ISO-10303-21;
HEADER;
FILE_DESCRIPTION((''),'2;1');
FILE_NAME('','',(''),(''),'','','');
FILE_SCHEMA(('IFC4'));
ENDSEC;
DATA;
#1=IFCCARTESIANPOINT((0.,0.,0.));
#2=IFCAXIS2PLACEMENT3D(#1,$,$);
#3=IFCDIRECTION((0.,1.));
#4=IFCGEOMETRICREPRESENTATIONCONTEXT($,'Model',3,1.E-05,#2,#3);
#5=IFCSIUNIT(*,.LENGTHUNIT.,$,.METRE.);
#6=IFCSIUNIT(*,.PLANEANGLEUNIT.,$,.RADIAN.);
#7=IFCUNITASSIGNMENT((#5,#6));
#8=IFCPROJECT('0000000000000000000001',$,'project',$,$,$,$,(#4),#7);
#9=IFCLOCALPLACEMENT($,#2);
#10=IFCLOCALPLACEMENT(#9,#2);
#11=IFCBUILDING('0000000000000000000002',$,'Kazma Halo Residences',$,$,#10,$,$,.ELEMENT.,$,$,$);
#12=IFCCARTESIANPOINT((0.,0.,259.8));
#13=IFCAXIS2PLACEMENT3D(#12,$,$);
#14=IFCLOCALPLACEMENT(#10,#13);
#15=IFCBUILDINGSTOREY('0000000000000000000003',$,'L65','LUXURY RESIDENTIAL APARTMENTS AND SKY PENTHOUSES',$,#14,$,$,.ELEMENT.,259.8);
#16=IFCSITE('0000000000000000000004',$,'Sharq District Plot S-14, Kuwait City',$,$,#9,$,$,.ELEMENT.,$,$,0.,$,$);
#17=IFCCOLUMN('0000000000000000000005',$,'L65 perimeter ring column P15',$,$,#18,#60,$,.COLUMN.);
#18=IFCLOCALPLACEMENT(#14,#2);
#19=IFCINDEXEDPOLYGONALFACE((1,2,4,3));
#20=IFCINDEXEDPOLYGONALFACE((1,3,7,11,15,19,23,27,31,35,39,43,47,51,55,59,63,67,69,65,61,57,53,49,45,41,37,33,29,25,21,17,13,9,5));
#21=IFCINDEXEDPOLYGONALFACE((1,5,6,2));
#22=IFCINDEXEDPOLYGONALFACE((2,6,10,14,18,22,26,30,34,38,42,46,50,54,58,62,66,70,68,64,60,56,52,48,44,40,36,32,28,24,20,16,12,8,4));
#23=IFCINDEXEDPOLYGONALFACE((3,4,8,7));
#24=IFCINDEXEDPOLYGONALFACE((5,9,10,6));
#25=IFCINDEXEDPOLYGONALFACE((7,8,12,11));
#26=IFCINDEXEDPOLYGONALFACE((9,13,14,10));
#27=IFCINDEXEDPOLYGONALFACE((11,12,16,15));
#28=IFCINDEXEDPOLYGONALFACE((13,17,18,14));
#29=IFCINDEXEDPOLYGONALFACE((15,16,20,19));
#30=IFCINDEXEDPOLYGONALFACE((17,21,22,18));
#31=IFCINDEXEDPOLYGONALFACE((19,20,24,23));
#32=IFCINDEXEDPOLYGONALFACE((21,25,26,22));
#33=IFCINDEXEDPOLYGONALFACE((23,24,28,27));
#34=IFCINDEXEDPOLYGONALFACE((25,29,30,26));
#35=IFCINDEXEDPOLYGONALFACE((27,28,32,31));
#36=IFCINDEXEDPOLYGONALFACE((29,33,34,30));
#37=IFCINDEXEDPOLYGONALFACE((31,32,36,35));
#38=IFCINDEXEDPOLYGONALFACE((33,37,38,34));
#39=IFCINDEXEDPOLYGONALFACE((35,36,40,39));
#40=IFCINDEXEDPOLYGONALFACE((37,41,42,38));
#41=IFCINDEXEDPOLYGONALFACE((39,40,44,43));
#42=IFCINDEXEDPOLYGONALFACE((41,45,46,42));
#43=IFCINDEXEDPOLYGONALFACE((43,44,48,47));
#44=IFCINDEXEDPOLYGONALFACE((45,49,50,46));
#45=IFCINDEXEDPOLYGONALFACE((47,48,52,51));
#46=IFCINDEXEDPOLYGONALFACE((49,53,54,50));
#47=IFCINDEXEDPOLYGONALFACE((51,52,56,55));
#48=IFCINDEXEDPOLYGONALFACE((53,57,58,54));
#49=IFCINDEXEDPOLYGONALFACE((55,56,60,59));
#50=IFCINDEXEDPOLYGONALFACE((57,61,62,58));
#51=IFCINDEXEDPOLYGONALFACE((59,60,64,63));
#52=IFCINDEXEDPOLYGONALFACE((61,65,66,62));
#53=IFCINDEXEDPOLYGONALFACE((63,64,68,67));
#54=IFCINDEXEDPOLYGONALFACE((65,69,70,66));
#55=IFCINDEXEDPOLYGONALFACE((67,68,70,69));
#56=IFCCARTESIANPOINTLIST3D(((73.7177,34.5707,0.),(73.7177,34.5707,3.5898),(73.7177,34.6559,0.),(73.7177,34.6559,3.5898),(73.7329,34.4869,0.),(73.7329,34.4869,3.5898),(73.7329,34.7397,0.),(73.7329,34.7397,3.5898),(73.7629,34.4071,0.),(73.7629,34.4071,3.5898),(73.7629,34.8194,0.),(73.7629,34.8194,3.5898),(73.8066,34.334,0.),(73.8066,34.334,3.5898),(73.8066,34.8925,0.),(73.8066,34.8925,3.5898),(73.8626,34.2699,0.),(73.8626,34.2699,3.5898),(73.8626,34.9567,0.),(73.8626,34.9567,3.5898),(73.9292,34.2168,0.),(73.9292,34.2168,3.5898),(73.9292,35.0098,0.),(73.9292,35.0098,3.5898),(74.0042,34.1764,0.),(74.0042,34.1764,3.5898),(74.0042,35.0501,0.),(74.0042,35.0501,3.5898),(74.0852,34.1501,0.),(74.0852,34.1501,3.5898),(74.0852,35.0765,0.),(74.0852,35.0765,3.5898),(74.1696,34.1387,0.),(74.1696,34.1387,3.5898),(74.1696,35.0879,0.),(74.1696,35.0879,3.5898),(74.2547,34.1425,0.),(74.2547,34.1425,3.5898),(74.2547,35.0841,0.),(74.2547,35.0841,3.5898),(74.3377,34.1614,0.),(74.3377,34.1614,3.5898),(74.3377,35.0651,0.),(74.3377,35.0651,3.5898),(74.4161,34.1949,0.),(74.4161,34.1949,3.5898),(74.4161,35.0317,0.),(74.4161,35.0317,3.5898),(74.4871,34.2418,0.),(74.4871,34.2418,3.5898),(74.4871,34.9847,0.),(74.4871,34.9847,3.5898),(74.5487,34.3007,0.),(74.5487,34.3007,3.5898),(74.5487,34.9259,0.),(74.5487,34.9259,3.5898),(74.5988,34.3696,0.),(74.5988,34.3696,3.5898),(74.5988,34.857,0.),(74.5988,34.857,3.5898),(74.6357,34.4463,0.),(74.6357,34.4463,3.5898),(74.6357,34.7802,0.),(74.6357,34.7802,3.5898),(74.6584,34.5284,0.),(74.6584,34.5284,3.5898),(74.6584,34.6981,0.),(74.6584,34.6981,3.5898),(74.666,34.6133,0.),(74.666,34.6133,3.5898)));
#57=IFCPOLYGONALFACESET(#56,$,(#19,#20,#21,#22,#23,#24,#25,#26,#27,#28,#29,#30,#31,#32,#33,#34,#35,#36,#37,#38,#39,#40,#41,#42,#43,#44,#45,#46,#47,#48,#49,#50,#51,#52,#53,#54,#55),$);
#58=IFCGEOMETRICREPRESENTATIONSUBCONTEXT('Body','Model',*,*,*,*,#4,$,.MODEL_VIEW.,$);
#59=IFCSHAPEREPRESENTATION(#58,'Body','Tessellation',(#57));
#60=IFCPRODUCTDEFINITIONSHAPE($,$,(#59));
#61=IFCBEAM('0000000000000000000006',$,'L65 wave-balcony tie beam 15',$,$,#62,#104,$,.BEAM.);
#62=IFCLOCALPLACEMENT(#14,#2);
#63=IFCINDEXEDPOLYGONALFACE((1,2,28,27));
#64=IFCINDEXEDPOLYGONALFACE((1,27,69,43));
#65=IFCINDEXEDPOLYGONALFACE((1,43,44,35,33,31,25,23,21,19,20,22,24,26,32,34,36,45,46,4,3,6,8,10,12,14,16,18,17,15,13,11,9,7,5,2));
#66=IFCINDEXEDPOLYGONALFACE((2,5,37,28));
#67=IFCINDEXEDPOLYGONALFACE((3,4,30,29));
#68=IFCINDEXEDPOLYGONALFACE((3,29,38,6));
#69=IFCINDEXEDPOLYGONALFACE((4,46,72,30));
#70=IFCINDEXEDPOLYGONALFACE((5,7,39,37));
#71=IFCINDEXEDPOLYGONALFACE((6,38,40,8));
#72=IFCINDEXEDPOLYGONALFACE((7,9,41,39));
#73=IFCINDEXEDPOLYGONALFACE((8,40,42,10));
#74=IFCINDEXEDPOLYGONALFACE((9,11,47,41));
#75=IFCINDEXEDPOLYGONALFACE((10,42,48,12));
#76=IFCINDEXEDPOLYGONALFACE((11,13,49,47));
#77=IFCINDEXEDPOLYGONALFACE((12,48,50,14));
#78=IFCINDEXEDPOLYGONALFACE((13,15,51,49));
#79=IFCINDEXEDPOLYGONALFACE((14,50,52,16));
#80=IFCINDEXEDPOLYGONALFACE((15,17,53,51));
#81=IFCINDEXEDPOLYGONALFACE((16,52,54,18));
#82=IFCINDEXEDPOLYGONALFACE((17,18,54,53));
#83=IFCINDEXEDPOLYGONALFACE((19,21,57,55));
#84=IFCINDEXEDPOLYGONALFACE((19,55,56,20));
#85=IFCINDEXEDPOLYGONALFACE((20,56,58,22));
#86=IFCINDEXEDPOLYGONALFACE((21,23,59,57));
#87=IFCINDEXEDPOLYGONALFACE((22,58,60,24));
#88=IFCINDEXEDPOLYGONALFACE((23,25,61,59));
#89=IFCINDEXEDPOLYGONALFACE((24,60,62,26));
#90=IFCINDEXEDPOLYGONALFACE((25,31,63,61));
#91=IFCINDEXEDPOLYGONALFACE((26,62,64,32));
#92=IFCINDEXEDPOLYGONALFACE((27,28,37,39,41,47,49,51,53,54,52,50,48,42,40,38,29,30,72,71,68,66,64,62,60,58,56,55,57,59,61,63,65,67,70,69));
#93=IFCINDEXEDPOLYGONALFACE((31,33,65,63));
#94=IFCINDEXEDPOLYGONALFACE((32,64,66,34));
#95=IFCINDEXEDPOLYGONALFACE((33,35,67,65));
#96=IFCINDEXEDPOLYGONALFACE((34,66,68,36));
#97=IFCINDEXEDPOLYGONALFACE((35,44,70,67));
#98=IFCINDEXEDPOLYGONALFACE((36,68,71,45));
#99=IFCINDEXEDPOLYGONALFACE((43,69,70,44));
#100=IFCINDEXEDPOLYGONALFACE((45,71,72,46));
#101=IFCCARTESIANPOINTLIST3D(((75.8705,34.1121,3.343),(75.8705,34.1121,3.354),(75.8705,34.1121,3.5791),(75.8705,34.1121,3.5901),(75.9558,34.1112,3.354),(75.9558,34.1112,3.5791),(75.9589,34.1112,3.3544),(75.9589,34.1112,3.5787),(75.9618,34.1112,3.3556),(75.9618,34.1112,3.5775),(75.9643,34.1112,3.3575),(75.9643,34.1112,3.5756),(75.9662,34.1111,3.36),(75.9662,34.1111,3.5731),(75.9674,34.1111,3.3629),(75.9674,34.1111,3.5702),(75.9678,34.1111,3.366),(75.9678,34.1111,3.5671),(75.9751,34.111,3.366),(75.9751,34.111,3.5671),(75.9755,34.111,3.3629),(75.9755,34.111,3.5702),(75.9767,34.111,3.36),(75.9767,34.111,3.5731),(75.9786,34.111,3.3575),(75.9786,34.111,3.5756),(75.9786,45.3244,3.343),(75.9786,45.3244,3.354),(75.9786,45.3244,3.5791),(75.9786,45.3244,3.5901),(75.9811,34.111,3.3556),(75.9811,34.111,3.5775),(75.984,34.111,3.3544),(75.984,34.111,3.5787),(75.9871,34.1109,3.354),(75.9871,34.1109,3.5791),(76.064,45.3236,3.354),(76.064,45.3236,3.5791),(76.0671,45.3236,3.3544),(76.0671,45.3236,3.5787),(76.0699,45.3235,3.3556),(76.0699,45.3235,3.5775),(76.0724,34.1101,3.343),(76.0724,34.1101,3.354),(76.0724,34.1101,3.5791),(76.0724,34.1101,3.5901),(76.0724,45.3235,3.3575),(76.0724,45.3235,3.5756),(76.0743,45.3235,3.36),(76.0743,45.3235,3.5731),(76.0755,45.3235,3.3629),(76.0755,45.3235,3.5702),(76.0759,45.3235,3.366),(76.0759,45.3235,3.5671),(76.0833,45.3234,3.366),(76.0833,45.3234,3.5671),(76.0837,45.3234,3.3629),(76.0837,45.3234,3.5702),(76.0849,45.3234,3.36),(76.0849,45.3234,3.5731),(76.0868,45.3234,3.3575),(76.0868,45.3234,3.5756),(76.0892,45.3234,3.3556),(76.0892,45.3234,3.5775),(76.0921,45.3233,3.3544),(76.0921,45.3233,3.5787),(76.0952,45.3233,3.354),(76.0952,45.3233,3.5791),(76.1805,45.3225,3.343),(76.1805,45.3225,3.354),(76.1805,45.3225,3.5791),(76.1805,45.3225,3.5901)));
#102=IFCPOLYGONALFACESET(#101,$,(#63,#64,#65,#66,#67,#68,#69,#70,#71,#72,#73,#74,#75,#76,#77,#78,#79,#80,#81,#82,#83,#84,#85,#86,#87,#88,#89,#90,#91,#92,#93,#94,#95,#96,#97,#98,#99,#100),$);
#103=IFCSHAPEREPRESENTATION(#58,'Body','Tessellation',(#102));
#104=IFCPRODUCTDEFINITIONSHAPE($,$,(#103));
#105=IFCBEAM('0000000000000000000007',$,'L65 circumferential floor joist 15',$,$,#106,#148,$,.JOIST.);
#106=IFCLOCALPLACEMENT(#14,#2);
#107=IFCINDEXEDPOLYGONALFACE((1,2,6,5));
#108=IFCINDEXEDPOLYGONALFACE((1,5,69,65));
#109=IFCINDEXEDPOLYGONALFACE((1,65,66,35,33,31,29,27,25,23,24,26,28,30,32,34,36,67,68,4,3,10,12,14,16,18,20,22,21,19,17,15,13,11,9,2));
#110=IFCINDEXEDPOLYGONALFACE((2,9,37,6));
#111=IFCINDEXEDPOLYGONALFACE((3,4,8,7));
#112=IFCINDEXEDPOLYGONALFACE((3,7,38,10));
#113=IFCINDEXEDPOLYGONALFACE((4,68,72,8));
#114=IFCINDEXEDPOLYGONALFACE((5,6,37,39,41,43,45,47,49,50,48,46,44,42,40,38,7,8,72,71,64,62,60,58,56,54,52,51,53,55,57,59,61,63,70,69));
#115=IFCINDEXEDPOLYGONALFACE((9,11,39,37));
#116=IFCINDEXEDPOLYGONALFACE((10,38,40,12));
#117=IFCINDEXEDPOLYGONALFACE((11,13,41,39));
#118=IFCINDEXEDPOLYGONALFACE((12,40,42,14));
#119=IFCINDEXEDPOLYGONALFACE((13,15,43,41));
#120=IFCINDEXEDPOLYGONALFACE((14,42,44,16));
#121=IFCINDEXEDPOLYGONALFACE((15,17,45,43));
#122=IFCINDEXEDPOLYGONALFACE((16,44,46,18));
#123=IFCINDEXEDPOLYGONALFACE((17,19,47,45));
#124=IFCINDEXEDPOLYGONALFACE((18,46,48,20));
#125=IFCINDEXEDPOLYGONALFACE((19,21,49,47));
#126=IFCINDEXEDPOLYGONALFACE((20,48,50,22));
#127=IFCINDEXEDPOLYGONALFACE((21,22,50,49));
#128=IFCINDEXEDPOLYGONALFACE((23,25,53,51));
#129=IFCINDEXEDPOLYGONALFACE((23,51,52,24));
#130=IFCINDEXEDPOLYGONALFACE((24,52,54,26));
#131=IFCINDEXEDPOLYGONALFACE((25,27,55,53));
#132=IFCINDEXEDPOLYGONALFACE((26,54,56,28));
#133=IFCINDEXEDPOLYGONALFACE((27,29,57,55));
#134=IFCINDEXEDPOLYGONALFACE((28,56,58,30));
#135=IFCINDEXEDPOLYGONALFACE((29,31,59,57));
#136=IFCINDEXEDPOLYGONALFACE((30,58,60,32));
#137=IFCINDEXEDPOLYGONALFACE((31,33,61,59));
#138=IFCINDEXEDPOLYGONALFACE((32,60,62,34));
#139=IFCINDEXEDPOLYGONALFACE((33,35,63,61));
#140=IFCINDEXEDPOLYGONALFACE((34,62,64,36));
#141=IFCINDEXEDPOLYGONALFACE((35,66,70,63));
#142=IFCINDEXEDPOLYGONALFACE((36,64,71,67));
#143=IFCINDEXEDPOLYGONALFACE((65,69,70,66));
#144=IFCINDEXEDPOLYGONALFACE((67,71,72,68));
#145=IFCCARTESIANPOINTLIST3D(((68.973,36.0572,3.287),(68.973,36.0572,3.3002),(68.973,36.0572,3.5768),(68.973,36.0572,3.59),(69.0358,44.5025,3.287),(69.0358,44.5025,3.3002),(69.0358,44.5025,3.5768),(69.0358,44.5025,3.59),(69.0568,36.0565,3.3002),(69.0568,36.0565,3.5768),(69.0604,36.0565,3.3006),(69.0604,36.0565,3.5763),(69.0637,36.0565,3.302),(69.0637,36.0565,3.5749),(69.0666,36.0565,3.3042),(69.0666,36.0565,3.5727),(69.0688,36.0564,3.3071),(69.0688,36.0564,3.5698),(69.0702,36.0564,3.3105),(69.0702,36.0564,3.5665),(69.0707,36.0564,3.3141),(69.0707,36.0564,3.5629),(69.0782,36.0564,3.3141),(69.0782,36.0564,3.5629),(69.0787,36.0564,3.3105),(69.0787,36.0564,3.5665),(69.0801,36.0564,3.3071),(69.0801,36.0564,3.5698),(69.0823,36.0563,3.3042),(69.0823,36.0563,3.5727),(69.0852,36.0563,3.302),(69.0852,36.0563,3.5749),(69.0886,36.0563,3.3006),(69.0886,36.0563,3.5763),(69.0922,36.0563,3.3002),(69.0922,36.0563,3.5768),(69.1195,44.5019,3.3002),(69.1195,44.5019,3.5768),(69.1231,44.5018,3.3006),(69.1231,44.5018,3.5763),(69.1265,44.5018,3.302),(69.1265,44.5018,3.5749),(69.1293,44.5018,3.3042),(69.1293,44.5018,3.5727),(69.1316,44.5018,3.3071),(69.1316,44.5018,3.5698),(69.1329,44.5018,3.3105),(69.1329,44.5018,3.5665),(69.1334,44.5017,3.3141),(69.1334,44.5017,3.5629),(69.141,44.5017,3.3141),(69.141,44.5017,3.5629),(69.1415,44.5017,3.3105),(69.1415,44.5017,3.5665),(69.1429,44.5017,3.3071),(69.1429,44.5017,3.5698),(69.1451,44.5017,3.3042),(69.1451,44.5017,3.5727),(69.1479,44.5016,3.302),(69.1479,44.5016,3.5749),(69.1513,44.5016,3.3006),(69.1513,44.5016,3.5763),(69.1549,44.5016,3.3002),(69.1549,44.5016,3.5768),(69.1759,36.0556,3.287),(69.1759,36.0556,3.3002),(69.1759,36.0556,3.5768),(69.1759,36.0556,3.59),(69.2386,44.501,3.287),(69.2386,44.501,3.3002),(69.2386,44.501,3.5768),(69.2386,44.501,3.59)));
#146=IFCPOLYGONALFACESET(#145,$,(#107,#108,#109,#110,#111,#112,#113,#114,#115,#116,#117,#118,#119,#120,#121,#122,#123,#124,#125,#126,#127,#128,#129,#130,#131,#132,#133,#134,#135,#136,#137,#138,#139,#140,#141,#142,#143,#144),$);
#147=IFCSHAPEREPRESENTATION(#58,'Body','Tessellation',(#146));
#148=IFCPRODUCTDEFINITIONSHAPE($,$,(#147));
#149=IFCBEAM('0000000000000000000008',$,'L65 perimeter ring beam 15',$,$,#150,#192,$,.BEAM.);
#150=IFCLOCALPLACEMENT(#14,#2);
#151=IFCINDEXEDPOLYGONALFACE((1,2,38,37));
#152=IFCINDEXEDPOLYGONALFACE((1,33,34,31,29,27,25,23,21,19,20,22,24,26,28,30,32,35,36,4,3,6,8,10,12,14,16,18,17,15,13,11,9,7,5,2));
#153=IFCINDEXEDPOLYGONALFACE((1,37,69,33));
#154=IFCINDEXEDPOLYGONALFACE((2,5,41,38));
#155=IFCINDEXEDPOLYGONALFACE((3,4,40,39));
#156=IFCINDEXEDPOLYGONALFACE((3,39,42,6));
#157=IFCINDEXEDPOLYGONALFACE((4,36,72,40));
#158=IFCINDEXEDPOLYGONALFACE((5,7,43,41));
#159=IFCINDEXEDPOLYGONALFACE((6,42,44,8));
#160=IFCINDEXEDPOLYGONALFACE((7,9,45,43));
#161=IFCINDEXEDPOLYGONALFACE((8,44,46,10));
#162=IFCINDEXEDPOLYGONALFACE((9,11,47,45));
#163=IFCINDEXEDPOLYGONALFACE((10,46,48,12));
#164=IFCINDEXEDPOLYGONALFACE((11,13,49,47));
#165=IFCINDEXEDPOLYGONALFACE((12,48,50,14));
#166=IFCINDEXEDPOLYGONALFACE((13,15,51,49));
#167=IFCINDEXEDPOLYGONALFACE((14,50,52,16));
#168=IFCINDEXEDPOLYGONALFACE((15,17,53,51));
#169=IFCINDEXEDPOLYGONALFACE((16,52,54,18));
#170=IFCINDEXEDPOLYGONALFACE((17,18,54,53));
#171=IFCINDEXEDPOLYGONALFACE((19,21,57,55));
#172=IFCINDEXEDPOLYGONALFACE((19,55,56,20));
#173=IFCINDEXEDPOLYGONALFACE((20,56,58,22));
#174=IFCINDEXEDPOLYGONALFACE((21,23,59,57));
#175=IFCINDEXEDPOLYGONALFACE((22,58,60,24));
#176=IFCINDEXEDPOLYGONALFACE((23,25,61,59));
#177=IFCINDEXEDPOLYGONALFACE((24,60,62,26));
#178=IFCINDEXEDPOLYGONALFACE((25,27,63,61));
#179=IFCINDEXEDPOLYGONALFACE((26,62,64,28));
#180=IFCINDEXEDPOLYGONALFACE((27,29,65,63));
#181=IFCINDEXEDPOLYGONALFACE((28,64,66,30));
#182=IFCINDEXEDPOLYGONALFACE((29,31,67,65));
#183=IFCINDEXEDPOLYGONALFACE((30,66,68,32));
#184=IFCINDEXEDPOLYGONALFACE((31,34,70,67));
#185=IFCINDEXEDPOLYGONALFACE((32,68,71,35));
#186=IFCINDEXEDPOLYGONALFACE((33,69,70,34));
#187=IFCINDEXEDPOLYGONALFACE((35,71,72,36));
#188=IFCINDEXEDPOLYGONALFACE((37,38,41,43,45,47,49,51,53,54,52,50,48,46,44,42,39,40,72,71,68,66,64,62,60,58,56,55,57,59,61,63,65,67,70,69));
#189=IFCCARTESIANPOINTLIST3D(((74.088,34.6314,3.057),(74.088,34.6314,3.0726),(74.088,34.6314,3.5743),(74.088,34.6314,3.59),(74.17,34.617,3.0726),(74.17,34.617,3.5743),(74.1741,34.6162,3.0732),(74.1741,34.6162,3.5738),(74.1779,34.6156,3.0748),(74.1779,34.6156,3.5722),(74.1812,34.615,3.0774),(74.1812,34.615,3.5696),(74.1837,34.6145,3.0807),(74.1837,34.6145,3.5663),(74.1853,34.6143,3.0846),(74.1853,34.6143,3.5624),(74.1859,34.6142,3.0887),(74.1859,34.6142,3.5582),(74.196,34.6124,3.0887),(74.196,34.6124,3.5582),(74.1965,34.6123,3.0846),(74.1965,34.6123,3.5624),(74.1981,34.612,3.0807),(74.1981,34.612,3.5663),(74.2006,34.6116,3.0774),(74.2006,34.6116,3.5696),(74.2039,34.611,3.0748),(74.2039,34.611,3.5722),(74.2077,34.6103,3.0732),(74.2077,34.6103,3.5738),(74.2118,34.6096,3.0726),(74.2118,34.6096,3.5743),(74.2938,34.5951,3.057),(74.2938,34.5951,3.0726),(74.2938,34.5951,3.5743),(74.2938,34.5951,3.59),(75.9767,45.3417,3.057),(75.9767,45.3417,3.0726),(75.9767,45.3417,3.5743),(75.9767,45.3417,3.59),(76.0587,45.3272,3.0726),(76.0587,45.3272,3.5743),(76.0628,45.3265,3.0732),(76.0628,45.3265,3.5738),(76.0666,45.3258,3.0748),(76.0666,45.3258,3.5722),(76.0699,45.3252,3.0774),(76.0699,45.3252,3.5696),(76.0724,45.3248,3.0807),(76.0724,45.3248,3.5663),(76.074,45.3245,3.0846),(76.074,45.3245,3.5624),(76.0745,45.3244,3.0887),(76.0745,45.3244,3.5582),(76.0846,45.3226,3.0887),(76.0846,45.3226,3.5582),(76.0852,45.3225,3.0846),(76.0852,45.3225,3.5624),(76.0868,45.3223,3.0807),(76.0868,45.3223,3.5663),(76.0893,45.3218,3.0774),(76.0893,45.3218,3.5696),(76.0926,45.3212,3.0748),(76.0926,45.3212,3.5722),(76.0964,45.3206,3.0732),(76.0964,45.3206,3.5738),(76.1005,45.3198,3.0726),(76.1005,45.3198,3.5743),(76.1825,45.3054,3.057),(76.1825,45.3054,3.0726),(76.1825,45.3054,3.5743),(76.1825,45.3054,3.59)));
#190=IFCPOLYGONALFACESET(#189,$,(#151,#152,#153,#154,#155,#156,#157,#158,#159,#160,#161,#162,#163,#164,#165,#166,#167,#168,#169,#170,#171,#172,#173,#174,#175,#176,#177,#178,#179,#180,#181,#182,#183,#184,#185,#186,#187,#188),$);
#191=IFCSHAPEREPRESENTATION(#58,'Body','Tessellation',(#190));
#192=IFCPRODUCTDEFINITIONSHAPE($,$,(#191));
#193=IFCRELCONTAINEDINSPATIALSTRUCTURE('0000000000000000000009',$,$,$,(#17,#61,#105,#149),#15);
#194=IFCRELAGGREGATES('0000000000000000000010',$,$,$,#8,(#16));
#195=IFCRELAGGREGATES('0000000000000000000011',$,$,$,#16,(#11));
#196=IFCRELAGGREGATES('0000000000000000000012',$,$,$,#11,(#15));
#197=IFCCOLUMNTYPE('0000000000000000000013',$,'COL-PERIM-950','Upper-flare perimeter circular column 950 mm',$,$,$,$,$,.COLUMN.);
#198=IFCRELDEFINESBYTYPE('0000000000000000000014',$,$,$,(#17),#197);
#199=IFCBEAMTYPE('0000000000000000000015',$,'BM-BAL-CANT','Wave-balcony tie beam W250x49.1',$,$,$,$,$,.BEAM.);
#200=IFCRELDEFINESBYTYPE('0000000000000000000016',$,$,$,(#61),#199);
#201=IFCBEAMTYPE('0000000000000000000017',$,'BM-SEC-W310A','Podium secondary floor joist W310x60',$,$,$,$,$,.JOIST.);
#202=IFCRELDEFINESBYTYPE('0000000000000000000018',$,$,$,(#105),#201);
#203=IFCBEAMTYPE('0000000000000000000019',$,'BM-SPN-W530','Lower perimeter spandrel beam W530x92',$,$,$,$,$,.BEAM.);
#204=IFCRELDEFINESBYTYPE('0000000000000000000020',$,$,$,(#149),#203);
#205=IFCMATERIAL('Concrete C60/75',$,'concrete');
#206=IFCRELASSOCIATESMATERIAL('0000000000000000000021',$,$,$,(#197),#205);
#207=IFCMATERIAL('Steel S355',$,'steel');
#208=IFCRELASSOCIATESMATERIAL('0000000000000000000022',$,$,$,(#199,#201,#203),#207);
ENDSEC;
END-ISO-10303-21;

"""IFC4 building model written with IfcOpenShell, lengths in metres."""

from ifc_helpers import new_model, si_unit, direction, frame, origin, origin_2d, place, context, subcontext, project, spatial, circle, i_section, extrude, material, material_profile, profile_set, type_object, element, save


model = new_model("IFC4")

# Units and contexts
model_context = context("Model", 3, precision=1e-05, world=origin(), true_north=direction((0.0, 1.0)))
body_context = subcontext(model_context, "Body", "Model", "MODEL_VIEW")
ifc_project = project(units=[si_unit("LENGTHUNIT", "METRE"), si_unit("PLANEANGLEUNIT", "RADIAN")], contexts=[model_context])

# Site, building, storey
site_placement = place(None, origin())
site = spatial("IfcSite", under=ifc_project, at=site_placement, Name="Sharq District Plot S-14, Kuwait City", CompositionType="ELEMENT", RefElevation=0.0)
building_placement = place(site_placement, origin())
building = spatial("IfcBuilding", under=site, at=building_placement, Name="Kazma Halo Residences", CompositionType="ELEMENT")
storey_placement = place(building_placement, frame((0.0, 0.0, 259.8)))
storey = spatial("IfcBuildingStorey", under=building, at=storey_placement, Name="L65", Description="LUXURY RESIDENTIAL APARTMENTS AND SKY PENTHOUSES", CompositionType="ELEMENT", Elevation=259.8)

# Column
ifc_material_1 = material(Name="Concrete C60/75", Category="concrete")
ifc_material_profile_1 = material_profile(ifc_material_1, circle(Radius=0.4751, at=origin_2d()), Name="CIRC950")
ifc_profile_set_1 = profile_set([ifc_material_profile_1], Name="Concrete C60/75")
column_type = type_object("IfcColumnType", Name="COL-PERIM-950", Description="Upper-flare perimeter circular column 950 mm", PredefinedType="COLUMN", material=ifc_profile_set_1)
column_placement = place(storey_placement, frame((74.1909, 34.6133, 0.0), z_axis=(0.0, 0.0, 1.0), x_axis=(1.0, 0.0, 0.0)))
element("IfcColumn", 1, at=column_placement, inside=storey, type_object=column_type, Name="L65 perimeter ring column P15", PredefinedType="COLUMN", context=body_context, shape_type="SweptSolid", body=[
    extrude(circle(Radius=0.4751, at=origin_2d()), origin(), (0.0, 0.0, 1.0), 3.5898),
])

# Beams
ifc_material_2 = material(Name="Steel S355", Category="steel")
ifc_material_profile_2 = material_profile(ifc_material_2, i_section(OverallWidth=0.2019, OverallDepth=0.2471, WebThickness=0.0073, FlangeThickness=0.011, FilletRadius=0.012, at=origin_2d()), Name="W250x49.1")
ifc_profile_set_2 = profile_set([ifc_material_profile_2], Name="Steel S355")
beam_type_1 = type_object("IfcBeamType", Name="BM-BAL-CANT", Description="Wave-balcony tie beam W250x49.1", PredefinedType="BEAM", material=ifc_profile_set_2)
beam_1_placement = place(storey_placement, frame((75.9714, 34.1111, 3.4666), z_axis=(0.009646, 0.999953, 0.0), x_axis=(-0.999953, 0.009646, 0.0)))
element("IfcBeam", 2, at=beam_1_placement, inside=storey, type_object=beam_type_1, Name="L65 wave-balcony tie beam 15", PredefinedType="BEAM", context=body_context, shape_type="SweptSolid", body=[
    extrude(i_section(OverallWidth=0.2019, OverallDepth=0.2471, WebThickness=0.0073, FlangeThickness=0.011, FilletRadius=0.012, at=origin_2d()), origin(), (0.0, 0.0, 1.0), 11.2129),
])
ifc_material_profile_3 = material_profile(ifc_material_2, i_section(OverallWidth=0.2029, OverallDepth=0.303, WebThickness=0.0076, FlangeThickness=0.0132, FilletRadius=0.0139, at=origin_2d()), Name="W310x60")
ifc_profile_set_3 = profile_set([ifc_material_profile_3], Name="Steel S355")
beam_type_2 = type_object("IfcBeamType", Name="BM-SEC-W310A", Description="Podium secondary floor joist W310x60", PredefinedType="JOIST", material=ifc_profile_set_3)
beam_2_placement = place(storey_placement, frame((69.0745, 36.0564, 3.4385), z_axis=(0.007429, 0.999972, 0.0), x_axis=(-0.999972, 0.007429, 0.0)))
element("IfcBeam", 3, at=beam_2_placement, inside=storey, type_object=beam_type_2, Name="L65 circumferential floor joist 15", PredefinedType="JOIST", context=body_context, shape_type="SweptSolid", body=[
    extrude(i_section(OverallWidth=0.2029, OverallDepth=0.303, WebThickness=0.0076, FlangeThickness=0.0132, FilletRadius=0.0139, at=origin_2d()), origin(), (0.0, 0.0, 1.0), 8.4456),
])
ifc_material_profile_4 = material_profile(ifc_material_2, i_section(OverallWidth=0.209, OverallDepth=0.533, WebThickness=0.0103, FlangeThickness=0.0156, FilletRadius=0.0161, at=origin_2d()), Name="W530x92")
ifc_profile_set_4 = profile_set([ifc_material_profile_4], Name="Steel S355")
beam_type_3 = type_object("IfcBeamType", Name="BM-SPN-W530", Description="Lower perimeter spandrel beam W530x92", PredefinedType="BEAM", material=ifc_profile_set_4)
beam_3_placement = place(storey_placement, frame((74.1909, 34.6133, 3.3235), z_axis=(0.173664, 0.984805, 0.0), x_axis=(-0.984805, 0.173664, 0.0)))
element("IfcBeam", 4, at=beam_3_placement, inside=storey, type_object=beam_type_3, Name="L65 perimeter ring beam 15", PredefinedType="BEAM", context=body_context, shape_type="SweptSolid", body=[
    extrude(i_section(OverallWidth=0.209, OverallDepth=0.533, WebThickness=0.0103, FlangeThickness=0.0156, FilletRadius=0.0161, at=origin_2d()), origin(), (0.0, 0.0, 1.0), 10.8755),
])

save(model, "model.ifc")
